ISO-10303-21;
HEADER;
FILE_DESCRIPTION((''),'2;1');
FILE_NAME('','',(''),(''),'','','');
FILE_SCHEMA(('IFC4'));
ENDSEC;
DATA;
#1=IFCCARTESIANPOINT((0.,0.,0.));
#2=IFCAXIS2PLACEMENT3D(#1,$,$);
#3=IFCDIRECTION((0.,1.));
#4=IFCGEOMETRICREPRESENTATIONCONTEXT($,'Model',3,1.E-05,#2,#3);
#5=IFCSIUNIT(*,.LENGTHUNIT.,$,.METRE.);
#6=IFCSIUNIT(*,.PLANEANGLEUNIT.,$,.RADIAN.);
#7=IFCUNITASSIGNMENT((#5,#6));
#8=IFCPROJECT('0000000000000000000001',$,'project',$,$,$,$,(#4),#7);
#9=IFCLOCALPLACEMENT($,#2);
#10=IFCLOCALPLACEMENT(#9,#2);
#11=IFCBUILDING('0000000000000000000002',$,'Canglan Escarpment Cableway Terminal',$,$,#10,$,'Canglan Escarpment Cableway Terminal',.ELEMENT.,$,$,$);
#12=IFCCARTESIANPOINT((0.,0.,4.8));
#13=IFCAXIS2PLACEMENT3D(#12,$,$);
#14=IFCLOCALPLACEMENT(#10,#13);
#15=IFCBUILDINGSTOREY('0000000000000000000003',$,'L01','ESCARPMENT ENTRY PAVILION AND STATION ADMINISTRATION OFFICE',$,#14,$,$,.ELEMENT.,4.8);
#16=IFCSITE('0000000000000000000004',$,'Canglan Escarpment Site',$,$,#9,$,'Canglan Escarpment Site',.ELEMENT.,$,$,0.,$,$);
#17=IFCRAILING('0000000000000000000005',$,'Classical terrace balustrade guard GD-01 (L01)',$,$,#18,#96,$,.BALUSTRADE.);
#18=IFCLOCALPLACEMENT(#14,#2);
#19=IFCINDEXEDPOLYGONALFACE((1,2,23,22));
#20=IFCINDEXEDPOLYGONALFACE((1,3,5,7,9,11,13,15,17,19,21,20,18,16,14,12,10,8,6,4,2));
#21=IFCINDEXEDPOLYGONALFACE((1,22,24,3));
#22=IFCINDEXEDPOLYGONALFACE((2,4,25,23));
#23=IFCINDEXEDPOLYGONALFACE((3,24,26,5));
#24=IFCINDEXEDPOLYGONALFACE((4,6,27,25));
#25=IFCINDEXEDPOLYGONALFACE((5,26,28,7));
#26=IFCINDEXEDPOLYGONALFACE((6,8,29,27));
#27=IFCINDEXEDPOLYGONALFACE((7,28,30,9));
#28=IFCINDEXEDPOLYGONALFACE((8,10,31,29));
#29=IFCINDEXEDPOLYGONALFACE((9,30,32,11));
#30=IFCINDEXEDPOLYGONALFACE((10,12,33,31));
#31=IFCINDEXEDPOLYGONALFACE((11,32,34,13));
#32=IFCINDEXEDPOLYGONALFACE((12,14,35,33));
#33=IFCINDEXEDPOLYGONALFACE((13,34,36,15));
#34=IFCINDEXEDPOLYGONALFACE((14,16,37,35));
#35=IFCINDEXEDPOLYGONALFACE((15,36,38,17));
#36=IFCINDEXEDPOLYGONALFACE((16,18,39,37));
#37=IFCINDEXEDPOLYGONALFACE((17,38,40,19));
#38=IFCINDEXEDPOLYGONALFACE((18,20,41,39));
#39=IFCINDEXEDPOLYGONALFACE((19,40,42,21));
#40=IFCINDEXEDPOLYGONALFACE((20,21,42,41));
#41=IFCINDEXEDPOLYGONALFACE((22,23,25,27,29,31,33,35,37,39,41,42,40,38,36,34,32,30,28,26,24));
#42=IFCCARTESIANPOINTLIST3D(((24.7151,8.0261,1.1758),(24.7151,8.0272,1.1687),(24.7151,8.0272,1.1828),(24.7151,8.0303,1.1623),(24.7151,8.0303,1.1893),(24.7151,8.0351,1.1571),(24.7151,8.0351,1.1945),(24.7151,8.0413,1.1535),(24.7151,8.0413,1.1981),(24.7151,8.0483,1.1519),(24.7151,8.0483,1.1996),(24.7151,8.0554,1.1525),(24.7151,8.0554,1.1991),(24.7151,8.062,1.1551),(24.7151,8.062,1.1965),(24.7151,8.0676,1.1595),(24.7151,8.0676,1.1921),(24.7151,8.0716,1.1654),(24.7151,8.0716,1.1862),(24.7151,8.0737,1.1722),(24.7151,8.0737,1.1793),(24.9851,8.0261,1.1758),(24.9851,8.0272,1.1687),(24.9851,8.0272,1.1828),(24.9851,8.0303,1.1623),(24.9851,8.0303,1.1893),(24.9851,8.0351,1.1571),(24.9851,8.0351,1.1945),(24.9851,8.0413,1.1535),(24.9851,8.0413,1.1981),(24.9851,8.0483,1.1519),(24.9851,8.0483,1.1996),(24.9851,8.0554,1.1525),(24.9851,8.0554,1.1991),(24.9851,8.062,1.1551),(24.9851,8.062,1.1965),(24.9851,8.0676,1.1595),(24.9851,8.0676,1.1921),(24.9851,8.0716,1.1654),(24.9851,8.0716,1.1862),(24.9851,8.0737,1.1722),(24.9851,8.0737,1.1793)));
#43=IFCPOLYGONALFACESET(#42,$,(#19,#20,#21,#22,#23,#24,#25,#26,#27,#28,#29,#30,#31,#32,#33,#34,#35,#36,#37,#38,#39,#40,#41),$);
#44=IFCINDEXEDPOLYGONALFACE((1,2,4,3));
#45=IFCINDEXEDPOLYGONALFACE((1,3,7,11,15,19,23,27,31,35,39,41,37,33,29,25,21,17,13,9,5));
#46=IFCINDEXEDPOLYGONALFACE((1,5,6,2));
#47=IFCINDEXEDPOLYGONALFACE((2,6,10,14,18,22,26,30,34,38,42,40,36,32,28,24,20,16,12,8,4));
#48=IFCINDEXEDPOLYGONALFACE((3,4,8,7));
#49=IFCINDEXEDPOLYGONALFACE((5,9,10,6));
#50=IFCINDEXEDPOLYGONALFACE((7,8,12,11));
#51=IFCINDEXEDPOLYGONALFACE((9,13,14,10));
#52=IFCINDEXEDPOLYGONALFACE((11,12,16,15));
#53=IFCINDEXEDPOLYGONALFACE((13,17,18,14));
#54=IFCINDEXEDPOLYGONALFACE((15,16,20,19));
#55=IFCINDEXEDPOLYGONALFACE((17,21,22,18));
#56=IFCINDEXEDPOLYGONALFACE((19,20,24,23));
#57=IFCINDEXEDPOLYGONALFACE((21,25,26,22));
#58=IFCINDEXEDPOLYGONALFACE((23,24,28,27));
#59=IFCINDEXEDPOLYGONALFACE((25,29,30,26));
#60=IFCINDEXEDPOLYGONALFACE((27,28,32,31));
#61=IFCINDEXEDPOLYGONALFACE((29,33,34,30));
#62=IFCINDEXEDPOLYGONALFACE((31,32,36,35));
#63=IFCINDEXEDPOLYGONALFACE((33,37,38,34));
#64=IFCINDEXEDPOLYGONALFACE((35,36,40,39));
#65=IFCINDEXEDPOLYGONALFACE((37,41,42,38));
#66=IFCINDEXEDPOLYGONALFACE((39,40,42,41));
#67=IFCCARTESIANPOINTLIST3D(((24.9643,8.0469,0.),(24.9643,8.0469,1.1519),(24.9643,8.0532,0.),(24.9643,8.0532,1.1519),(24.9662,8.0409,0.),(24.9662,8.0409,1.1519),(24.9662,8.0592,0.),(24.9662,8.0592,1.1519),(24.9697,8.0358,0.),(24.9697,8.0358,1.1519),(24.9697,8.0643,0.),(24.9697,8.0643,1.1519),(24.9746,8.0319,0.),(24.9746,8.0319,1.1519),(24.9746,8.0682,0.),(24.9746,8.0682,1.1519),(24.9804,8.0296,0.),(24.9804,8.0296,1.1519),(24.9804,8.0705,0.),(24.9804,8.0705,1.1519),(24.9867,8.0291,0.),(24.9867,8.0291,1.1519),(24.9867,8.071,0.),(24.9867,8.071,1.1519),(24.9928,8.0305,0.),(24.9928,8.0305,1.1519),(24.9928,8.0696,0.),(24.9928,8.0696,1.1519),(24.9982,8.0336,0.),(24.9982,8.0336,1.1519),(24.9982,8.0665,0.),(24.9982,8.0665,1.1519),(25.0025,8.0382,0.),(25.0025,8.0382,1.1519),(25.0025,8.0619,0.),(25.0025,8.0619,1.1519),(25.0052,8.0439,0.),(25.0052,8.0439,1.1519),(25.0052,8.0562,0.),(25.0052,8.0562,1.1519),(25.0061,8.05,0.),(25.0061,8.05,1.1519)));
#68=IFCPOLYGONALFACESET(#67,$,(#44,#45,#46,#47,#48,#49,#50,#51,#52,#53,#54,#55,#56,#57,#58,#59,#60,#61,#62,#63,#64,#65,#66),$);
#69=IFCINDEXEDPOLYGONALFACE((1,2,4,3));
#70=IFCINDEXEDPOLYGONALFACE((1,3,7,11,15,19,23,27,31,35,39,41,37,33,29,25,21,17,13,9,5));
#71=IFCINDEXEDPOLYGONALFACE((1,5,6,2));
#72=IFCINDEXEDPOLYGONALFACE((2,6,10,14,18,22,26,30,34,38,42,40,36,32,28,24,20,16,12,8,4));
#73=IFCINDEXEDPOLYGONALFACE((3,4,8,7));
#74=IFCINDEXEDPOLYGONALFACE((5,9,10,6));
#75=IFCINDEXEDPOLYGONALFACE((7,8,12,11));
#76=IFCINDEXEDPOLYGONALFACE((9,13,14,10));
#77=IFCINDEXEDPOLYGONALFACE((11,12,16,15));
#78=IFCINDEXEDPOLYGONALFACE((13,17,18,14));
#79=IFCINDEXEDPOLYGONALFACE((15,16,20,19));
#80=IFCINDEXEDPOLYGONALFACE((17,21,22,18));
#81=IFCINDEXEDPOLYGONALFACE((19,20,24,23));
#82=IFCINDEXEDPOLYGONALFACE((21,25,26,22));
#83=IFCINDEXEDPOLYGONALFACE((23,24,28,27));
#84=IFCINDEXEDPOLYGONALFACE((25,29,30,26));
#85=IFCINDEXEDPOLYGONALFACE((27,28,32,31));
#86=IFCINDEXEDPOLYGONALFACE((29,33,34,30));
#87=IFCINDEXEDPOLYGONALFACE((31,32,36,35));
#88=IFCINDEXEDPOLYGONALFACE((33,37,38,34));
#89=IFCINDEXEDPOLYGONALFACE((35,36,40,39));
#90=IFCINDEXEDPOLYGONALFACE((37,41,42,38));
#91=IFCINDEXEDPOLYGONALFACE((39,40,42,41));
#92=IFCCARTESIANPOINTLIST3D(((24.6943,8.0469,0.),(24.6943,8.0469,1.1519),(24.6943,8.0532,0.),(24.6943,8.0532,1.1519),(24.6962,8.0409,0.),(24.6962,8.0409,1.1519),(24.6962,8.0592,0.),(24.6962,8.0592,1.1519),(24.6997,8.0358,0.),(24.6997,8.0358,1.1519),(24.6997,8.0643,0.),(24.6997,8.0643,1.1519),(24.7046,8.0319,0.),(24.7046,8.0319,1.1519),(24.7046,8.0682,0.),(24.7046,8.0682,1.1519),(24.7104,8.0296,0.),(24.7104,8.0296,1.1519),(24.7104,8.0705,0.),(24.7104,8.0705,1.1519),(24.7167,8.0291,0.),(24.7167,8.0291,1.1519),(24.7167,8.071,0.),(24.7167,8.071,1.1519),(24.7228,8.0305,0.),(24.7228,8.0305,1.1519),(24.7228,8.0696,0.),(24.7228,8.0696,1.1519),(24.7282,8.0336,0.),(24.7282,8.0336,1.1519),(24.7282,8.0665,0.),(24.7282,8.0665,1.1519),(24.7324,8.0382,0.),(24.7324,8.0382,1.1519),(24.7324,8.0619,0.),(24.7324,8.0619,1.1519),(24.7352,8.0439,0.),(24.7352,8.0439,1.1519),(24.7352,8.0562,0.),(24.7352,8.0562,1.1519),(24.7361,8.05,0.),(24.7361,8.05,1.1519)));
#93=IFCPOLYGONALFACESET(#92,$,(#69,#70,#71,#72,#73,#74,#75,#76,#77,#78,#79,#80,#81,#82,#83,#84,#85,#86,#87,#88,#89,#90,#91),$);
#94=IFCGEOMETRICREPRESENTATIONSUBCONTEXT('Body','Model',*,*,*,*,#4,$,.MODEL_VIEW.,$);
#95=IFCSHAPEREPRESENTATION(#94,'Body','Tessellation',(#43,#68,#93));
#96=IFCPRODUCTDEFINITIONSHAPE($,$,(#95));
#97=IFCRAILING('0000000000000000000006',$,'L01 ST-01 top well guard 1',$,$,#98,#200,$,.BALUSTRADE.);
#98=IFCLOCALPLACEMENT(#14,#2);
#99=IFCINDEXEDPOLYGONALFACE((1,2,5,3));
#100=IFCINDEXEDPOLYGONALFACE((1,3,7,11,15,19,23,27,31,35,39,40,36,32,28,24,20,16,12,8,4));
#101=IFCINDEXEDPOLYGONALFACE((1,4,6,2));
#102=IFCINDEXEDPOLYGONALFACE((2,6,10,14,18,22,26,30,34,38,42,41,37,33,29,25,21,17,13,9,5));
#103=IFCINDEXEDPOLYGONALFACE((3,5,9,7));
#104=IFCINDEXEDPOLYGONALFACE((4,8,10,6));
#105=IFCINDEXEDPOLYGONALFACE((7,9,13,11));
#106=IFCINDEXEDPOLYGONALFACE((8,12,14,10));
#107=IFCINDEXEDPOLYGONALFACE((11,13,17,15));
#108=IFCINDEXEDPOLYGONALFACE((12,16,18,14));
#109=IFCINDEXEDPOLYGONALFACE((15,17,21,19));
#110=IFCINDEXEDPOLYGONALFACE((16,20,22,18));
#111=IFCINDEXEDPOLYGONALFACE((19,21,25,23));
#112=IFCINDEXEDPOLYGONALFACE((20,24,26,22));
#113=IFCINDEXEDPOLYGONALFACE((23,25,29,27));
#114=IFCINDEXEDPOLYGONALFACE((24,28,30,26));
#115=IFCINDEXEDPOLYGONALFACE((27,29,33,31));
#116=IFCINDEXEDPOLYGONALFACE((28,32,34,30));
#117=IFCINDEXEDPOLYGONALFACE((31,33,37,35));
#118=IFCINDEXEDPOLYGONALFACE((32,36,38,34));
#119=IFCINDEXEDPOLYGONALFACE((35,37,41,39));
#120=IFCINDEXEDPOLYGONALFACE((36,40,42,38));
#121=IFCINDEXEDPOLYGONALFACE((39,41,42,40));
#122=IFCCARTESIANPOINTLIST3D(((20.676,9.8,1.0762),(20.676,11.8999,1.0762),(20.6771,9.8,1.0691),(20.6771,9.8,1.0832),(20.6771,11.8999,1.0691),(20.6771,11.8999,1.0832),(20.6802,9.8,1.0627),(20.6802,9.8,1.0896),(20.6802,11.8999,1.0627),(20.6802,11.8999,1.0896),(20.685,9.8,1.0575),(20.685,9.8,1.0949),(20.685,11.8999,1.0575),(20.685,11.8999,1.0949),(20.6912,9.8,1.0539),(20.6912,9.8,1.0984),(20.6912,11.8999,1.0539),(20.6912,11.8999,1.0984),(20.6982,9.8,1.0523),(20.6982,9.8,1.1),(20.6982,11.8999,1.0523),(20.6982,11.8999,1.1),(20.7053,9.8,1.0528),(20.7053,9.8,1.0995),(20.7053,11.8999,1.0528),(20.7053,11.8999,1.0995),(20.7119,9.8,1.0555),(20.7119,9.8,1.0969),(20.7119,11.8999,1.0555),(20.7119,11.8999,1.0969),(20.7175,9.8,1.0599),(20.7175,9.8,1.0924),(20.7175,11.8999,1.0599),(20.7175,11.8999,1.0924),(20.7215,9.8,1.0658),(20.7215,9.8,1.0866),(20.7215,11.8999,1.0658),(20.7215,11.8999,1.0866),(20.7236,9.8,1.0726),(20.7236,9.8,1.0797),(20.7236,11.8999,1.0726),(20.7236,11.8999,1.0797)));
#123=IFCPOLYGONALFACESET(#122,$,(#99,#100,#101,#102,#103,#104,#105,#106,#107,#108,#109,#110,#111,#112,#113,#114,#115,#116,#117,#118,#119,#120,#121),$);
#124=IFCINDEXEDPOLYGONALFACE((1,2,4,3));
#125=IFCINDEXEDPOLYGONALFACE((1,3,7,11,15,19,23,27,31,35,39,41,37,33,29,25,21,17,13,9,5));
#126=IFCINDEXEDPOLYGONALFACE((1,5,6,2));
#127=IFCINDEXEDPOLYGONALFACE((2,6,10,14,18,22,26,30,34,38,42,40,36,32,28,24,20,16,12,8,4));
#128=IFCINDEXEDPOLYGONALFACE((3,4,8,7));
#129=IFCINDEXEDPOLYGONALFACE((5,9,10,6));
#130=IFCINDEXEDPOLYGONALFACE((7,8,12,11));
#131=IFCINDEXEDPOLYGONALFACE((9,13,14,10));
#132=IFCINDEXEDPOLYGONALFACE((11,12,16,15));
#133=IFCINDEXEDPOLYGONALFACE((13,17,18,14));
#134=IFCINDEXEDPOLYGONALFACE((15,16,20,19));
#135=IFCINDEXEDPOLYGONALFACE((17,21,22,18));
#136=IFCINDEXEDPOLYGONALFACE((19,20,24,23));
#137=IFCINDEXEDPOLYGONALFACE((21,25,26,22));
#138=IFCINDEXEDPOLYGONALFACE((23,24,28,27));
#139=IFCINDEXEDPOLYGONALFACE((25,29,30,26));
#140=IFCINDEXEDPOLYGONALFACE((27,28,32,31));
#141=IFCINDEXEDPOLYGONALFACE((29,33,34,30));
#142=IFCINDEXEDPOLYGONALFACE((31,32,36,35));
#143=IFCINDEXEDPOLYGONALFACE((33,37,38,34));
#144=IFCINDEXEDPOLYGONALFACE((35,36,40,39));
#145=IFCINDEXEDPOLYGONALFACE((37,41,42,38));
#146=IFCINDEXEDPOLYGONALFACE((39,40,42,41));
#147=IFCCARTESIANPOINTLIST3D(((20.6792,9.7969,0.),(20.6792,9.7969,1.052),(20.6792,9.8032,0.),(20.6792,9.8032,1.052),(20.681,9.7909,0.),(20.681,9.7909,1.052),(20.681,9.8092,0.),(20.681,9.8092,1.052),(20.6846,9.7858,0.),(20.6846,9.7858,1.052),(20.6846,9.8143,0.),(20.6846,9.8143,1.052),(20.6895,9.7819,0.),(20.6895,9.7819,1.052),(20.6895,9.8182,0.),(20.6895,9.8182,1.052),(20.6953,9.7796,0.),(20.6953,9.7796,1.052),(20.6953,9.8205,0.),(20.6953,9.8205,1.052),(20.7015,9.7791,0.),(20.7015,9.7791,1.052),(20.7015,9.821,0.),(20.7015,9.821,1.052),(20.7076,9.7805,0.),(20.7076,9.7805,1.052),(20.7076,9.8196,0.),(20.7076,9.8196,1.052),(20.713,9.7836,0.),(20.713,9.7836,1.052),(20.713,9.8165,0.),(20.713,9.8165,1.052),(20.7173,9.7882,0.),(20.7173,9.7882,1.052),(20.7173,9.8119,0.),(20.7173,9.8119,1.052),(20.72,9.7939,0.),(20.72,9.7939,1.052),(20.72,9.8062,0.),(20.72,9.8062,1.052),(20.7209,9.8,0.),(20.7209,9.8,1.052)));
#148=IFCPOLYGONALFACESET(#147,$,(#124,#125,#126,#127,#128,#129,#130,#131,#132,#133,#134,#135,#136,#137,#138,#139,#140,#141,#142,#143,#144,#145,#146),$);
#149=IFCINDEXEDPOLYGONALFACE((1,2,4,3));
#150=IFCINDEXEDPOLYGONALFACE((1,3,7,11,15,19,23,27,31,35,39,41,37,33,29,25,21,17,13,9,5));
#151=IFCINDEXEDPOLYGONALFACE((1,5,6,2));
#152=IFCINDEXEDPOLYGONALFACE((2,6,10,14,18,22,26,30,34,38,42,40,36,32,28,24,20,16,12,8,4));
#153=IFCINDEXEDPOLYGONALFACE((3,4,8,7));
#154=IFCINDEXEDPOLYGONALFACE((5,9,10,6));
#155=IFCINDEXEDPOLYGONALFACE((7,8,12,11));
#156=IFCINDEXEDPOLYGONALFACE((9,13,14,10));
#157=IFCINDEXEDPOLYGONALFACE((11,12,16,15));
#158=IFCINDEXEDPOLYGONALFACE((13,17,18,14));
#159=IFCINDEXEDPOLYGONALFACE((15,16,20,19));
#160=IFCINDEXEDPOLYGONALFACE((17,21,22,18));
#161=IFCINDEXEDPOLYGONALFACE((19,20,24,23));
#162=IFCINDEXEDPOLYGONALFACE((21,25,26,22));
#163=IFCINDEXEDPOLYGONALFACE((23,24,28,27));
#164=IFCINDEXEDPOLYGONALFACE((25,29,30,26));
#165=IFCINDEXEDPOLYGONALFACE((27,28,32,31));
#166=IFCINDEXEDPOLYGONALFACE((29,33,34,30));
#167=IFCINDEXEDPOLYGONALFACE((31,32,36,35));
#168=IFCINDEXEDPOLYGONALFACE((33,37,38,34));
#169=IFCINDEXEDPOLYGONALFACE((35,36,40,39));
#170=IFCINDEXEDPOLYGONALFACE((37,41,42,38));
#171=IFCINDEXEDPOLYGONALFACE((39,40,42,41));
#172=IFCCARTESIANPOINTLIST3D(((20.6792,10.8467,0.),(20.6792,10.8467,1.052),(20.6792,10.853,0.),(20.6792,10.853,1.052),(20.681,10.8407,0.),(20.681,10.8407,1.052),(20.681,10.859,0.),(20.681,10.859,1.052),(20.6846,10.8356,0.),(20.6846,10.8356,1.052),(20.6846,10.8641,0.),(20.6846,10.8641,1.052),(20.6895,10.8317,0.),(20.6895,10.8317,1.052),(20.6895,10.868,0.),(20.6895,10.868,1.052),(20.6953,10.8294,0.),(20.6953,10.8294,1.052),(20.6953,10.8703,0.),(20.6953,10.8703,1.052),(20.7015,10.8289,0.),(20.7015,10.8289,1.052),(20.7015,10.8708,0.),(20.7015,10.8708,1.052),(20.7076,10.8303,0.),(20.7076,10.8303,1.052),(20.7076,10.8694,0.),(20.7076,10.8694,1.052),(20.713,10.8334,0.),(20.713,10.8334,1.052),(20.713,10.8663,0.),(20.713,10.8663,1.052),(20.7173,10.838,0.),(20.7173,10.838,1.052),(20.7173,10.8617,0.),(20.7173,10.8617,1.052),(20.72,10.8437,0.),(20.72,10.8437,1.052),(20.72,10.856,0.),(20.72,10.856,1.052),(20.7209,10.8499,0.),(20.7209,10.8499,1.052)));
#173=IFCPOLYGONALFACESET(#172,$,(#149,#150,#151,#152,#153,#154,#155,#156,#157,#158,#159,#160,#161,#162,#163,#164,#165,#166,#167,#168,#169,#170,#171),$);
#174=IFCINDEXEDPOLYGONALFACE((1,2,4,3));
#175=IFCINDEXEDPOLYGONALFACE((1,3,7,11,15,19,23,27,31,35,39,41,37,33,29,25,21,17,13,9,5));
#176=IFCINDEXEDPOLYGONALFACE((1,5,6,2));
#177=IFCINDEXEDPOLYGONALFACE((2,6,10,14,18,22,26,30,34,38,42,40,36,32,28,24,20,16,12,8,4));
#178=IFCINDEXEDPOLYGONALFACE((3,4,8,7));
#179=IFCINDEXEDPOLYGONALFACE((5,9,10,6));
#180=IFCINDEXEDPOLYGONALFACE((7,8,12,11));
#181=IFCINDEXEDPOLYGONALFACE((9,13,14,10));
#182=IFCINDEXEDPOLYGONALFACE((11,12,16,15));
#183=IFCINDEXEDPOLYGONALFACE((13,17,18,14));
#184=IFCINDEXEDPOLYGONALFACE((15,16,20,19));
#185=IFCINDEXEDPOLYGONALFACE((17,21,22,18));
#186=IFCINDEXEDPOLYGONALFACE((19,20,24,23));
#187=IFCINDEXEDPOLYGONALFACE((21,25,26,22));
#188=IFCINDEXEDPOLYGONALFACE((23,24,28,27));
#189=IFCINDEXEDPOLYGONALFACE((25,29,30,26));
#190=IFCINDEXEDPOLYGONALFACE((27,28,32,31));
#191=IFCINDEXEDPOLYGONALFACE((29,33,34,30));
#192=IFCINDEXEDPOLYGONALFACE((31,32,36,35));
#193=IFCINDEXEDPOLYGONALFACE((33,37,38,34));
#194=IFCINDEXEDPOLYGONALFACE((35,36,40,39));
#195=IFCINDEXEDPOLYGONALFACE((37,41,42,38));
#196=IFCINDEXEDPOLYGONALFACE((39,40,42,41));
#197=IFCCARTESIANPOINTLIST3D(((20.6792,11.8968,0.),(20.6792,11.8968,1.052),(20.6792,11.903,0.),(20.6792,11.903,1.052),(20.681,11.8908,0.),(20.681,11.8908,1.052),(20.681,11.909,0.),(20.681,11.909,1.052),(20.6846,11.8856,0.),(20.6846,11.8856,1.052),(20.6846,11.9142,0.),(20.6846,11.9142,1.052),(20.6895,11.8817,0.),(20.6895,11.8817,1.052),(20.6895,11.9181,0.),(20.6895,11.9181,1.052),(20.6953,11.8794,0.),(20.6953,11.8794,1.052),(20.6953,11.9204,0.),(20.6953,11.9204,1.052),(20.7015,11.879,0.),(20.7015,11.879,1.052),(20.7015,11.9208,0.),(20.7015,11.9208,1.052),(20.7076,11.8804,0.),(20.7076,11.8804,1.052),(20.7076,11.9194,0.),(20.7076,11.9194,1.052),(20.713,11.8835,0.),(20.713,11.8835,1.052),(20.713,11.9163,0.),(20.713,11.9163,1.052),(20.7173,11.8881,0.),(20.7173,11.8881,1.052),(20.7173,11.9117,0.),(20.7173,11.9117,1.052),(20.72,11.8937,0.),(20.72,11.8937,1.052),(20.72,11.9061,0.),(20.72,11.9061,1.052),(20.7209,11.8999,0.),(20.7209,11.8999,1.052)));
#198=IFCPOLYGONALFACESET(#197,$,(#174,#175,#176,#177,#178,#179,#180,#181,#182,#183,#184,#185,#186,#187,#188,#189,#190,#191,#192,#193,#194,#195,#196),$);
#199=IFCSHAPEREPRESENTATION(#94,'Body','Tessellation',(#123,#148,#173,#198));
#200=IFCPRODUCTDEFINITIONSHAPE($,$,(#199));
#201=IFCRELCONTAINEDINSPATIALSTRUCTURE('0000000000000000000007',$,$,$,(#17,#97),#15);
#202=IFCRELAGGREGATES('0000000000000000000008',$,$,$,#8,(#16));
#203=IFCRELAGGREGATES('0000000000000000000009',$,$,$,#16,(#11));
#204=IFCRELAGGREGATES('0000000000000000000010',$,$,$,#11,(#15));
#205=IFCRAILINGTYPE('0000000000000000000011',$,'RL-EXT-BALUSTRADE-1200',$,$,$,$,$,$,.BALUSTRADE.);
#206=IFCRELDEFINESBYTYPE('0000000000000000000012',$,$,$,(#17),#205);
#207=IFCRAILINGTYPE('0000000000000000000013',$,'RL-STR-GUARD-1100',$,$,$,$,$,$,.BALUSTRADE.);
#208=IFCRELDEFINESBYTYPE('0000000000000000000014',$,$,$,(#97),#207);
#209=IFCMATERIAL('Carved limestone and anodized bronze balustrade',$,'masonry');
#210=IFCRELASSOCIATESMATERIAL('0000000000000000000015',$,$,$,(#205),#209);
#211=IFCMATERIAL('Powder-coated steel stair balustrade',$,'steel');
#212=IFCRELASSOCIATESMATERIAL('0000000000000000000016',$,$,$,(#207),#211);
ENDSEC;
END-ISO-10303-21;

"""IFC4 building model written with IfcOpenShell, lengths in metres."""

from ifc_helpers import new_model, si_unit, direction, frame, origin, origin_2d, place, context, subcontext, project, spatial, circle, extrude, material, type_object, element, save


model = new_model("IFC4")

# Units and contexts
model_context = context("Model", 3, precision=1e-05, world=origin(), true_north=direction((0.0, 1.0)))
body_context = subcontext(model_context, "Body", "Model", "MODEL_VIEW")
ifc_project = project(units=[si_unit("LENGTHUNIT", "METRE"), si_unit("PLANEANGLEUNIT", "RADIAN")], contexts=[model_context])

# Site, building, storey
site_placement = place(None, origin())
site = spatial("IfcSite", under=ifc_project, at=site_placement, Name="Canglan Escarpment Site", LongName="Canglan Escarpment Site", CompositionType="ELEMENT", RefElevation=0.0)
building_placement = place(site_placement, origin())
building = spatial("IfcBuilding", under=site, at=building_placement, Name="Canglan Escarpment Cableway Terminal", LongName="Canglan Escarpment Cableway Terminal", CompositionType="ELEMENT")
storey_placement = place(building_placement, frame((0.0, 0.0, 4.8)))
storey = spatial("IfcBuildingStorey", under=building, at=storey_placement, Name="L01", Description="ESCARPMENT ENTRY PAVILION AND STATION ADMINISTRATION OFFICE", CompositionType="ELEMENT", Elevation=4.8)

# Railings
ifc_material_1 = material(Name="Carved limestone and anodized bronze balustrade", Category="masonry")
railing_type_1 = type_object("IfcRailingType", Name="RL-EXT-BALUSTRADE-1200", PredefinedType="BALUSTRADE", material=ifc_material_1)
railing_placement = place(storey_placement, frame((24.9851, 8.05, 0.0)))
element("IfcRailing", 1, at=railing_placement, inside=storey, type_object=railing_type_1, Name="Classical terrace balustrade guard GD-01 (L01)", PredefinedType="BALUSTRADE", context=body_context, shape_type="SweptSolid", body=[
    extrude(circle(Radius=0.0239, at=origin_2d()), frame((0.0, 0.0, 1.1758), z_axis=(-1.0, 0.0, 0.0), x_axis=(0.0, -1.0, 0.0)), (0.0, 0.0, 1.0), 0.27),
    extrude(circle(Radius=0.021, at=origin_2d()), origin(), (0.0, 0.0, 1.0), 1.1519),
    extrude(circle(Radius=0.021, at=origin_2d()), frame((-0.27, 0.0, 0.0)), (0.0, 0.0, 1.0), 1.1519),
])
ifc_material_2 = material(Name="Powder-coated steel stair balustrade", Category="steel")
railing_type_2 = type_object("IfcRailingType", Name="RL-STR-GUARD-1100", PredefinedType="BALUSTRADE", material=ifc_material_2)
for number, where, name in (
    (2, (20.7, 9.8, 0.0), "L01 ST-01 top well guard 1"),
):
    element("IfcRailing", number, at=place(storey_placement, frame(where)), inside=storey, type_object=railing_type_2, Name=name, PredefinedType="BALUSTRADE", context=body_context, shape_type="SweptSolid", body=[
        extrude(circle(Radius=0.0239, at=origin_2d()), frame((0.0, 0.0, 1.0762), z_axis=(0.0, 1.0, 0.0), x_axis=(-1.0, 0.0, 0.0)), (0.0, 0.0, 1.0), 2.0999),
        extrude(circle(Radius=0.021, at=origin_2d()), origin(), (0.0, 0.0, 1.0), 1.052),
        extrude(circle(Radius=0.021, at=origin_2d()), frame((0.0, 1.0498, 0.0)), (0.0, 0.0, 1.0), 1.052),
        extrude(circle(Radius=0.021, at=origin_2d()), frame((0.0, 2.0999, 0.0)), (0.0, 0.0, 1.0), 1.052),
    ])

save(model, "model.ifc")
